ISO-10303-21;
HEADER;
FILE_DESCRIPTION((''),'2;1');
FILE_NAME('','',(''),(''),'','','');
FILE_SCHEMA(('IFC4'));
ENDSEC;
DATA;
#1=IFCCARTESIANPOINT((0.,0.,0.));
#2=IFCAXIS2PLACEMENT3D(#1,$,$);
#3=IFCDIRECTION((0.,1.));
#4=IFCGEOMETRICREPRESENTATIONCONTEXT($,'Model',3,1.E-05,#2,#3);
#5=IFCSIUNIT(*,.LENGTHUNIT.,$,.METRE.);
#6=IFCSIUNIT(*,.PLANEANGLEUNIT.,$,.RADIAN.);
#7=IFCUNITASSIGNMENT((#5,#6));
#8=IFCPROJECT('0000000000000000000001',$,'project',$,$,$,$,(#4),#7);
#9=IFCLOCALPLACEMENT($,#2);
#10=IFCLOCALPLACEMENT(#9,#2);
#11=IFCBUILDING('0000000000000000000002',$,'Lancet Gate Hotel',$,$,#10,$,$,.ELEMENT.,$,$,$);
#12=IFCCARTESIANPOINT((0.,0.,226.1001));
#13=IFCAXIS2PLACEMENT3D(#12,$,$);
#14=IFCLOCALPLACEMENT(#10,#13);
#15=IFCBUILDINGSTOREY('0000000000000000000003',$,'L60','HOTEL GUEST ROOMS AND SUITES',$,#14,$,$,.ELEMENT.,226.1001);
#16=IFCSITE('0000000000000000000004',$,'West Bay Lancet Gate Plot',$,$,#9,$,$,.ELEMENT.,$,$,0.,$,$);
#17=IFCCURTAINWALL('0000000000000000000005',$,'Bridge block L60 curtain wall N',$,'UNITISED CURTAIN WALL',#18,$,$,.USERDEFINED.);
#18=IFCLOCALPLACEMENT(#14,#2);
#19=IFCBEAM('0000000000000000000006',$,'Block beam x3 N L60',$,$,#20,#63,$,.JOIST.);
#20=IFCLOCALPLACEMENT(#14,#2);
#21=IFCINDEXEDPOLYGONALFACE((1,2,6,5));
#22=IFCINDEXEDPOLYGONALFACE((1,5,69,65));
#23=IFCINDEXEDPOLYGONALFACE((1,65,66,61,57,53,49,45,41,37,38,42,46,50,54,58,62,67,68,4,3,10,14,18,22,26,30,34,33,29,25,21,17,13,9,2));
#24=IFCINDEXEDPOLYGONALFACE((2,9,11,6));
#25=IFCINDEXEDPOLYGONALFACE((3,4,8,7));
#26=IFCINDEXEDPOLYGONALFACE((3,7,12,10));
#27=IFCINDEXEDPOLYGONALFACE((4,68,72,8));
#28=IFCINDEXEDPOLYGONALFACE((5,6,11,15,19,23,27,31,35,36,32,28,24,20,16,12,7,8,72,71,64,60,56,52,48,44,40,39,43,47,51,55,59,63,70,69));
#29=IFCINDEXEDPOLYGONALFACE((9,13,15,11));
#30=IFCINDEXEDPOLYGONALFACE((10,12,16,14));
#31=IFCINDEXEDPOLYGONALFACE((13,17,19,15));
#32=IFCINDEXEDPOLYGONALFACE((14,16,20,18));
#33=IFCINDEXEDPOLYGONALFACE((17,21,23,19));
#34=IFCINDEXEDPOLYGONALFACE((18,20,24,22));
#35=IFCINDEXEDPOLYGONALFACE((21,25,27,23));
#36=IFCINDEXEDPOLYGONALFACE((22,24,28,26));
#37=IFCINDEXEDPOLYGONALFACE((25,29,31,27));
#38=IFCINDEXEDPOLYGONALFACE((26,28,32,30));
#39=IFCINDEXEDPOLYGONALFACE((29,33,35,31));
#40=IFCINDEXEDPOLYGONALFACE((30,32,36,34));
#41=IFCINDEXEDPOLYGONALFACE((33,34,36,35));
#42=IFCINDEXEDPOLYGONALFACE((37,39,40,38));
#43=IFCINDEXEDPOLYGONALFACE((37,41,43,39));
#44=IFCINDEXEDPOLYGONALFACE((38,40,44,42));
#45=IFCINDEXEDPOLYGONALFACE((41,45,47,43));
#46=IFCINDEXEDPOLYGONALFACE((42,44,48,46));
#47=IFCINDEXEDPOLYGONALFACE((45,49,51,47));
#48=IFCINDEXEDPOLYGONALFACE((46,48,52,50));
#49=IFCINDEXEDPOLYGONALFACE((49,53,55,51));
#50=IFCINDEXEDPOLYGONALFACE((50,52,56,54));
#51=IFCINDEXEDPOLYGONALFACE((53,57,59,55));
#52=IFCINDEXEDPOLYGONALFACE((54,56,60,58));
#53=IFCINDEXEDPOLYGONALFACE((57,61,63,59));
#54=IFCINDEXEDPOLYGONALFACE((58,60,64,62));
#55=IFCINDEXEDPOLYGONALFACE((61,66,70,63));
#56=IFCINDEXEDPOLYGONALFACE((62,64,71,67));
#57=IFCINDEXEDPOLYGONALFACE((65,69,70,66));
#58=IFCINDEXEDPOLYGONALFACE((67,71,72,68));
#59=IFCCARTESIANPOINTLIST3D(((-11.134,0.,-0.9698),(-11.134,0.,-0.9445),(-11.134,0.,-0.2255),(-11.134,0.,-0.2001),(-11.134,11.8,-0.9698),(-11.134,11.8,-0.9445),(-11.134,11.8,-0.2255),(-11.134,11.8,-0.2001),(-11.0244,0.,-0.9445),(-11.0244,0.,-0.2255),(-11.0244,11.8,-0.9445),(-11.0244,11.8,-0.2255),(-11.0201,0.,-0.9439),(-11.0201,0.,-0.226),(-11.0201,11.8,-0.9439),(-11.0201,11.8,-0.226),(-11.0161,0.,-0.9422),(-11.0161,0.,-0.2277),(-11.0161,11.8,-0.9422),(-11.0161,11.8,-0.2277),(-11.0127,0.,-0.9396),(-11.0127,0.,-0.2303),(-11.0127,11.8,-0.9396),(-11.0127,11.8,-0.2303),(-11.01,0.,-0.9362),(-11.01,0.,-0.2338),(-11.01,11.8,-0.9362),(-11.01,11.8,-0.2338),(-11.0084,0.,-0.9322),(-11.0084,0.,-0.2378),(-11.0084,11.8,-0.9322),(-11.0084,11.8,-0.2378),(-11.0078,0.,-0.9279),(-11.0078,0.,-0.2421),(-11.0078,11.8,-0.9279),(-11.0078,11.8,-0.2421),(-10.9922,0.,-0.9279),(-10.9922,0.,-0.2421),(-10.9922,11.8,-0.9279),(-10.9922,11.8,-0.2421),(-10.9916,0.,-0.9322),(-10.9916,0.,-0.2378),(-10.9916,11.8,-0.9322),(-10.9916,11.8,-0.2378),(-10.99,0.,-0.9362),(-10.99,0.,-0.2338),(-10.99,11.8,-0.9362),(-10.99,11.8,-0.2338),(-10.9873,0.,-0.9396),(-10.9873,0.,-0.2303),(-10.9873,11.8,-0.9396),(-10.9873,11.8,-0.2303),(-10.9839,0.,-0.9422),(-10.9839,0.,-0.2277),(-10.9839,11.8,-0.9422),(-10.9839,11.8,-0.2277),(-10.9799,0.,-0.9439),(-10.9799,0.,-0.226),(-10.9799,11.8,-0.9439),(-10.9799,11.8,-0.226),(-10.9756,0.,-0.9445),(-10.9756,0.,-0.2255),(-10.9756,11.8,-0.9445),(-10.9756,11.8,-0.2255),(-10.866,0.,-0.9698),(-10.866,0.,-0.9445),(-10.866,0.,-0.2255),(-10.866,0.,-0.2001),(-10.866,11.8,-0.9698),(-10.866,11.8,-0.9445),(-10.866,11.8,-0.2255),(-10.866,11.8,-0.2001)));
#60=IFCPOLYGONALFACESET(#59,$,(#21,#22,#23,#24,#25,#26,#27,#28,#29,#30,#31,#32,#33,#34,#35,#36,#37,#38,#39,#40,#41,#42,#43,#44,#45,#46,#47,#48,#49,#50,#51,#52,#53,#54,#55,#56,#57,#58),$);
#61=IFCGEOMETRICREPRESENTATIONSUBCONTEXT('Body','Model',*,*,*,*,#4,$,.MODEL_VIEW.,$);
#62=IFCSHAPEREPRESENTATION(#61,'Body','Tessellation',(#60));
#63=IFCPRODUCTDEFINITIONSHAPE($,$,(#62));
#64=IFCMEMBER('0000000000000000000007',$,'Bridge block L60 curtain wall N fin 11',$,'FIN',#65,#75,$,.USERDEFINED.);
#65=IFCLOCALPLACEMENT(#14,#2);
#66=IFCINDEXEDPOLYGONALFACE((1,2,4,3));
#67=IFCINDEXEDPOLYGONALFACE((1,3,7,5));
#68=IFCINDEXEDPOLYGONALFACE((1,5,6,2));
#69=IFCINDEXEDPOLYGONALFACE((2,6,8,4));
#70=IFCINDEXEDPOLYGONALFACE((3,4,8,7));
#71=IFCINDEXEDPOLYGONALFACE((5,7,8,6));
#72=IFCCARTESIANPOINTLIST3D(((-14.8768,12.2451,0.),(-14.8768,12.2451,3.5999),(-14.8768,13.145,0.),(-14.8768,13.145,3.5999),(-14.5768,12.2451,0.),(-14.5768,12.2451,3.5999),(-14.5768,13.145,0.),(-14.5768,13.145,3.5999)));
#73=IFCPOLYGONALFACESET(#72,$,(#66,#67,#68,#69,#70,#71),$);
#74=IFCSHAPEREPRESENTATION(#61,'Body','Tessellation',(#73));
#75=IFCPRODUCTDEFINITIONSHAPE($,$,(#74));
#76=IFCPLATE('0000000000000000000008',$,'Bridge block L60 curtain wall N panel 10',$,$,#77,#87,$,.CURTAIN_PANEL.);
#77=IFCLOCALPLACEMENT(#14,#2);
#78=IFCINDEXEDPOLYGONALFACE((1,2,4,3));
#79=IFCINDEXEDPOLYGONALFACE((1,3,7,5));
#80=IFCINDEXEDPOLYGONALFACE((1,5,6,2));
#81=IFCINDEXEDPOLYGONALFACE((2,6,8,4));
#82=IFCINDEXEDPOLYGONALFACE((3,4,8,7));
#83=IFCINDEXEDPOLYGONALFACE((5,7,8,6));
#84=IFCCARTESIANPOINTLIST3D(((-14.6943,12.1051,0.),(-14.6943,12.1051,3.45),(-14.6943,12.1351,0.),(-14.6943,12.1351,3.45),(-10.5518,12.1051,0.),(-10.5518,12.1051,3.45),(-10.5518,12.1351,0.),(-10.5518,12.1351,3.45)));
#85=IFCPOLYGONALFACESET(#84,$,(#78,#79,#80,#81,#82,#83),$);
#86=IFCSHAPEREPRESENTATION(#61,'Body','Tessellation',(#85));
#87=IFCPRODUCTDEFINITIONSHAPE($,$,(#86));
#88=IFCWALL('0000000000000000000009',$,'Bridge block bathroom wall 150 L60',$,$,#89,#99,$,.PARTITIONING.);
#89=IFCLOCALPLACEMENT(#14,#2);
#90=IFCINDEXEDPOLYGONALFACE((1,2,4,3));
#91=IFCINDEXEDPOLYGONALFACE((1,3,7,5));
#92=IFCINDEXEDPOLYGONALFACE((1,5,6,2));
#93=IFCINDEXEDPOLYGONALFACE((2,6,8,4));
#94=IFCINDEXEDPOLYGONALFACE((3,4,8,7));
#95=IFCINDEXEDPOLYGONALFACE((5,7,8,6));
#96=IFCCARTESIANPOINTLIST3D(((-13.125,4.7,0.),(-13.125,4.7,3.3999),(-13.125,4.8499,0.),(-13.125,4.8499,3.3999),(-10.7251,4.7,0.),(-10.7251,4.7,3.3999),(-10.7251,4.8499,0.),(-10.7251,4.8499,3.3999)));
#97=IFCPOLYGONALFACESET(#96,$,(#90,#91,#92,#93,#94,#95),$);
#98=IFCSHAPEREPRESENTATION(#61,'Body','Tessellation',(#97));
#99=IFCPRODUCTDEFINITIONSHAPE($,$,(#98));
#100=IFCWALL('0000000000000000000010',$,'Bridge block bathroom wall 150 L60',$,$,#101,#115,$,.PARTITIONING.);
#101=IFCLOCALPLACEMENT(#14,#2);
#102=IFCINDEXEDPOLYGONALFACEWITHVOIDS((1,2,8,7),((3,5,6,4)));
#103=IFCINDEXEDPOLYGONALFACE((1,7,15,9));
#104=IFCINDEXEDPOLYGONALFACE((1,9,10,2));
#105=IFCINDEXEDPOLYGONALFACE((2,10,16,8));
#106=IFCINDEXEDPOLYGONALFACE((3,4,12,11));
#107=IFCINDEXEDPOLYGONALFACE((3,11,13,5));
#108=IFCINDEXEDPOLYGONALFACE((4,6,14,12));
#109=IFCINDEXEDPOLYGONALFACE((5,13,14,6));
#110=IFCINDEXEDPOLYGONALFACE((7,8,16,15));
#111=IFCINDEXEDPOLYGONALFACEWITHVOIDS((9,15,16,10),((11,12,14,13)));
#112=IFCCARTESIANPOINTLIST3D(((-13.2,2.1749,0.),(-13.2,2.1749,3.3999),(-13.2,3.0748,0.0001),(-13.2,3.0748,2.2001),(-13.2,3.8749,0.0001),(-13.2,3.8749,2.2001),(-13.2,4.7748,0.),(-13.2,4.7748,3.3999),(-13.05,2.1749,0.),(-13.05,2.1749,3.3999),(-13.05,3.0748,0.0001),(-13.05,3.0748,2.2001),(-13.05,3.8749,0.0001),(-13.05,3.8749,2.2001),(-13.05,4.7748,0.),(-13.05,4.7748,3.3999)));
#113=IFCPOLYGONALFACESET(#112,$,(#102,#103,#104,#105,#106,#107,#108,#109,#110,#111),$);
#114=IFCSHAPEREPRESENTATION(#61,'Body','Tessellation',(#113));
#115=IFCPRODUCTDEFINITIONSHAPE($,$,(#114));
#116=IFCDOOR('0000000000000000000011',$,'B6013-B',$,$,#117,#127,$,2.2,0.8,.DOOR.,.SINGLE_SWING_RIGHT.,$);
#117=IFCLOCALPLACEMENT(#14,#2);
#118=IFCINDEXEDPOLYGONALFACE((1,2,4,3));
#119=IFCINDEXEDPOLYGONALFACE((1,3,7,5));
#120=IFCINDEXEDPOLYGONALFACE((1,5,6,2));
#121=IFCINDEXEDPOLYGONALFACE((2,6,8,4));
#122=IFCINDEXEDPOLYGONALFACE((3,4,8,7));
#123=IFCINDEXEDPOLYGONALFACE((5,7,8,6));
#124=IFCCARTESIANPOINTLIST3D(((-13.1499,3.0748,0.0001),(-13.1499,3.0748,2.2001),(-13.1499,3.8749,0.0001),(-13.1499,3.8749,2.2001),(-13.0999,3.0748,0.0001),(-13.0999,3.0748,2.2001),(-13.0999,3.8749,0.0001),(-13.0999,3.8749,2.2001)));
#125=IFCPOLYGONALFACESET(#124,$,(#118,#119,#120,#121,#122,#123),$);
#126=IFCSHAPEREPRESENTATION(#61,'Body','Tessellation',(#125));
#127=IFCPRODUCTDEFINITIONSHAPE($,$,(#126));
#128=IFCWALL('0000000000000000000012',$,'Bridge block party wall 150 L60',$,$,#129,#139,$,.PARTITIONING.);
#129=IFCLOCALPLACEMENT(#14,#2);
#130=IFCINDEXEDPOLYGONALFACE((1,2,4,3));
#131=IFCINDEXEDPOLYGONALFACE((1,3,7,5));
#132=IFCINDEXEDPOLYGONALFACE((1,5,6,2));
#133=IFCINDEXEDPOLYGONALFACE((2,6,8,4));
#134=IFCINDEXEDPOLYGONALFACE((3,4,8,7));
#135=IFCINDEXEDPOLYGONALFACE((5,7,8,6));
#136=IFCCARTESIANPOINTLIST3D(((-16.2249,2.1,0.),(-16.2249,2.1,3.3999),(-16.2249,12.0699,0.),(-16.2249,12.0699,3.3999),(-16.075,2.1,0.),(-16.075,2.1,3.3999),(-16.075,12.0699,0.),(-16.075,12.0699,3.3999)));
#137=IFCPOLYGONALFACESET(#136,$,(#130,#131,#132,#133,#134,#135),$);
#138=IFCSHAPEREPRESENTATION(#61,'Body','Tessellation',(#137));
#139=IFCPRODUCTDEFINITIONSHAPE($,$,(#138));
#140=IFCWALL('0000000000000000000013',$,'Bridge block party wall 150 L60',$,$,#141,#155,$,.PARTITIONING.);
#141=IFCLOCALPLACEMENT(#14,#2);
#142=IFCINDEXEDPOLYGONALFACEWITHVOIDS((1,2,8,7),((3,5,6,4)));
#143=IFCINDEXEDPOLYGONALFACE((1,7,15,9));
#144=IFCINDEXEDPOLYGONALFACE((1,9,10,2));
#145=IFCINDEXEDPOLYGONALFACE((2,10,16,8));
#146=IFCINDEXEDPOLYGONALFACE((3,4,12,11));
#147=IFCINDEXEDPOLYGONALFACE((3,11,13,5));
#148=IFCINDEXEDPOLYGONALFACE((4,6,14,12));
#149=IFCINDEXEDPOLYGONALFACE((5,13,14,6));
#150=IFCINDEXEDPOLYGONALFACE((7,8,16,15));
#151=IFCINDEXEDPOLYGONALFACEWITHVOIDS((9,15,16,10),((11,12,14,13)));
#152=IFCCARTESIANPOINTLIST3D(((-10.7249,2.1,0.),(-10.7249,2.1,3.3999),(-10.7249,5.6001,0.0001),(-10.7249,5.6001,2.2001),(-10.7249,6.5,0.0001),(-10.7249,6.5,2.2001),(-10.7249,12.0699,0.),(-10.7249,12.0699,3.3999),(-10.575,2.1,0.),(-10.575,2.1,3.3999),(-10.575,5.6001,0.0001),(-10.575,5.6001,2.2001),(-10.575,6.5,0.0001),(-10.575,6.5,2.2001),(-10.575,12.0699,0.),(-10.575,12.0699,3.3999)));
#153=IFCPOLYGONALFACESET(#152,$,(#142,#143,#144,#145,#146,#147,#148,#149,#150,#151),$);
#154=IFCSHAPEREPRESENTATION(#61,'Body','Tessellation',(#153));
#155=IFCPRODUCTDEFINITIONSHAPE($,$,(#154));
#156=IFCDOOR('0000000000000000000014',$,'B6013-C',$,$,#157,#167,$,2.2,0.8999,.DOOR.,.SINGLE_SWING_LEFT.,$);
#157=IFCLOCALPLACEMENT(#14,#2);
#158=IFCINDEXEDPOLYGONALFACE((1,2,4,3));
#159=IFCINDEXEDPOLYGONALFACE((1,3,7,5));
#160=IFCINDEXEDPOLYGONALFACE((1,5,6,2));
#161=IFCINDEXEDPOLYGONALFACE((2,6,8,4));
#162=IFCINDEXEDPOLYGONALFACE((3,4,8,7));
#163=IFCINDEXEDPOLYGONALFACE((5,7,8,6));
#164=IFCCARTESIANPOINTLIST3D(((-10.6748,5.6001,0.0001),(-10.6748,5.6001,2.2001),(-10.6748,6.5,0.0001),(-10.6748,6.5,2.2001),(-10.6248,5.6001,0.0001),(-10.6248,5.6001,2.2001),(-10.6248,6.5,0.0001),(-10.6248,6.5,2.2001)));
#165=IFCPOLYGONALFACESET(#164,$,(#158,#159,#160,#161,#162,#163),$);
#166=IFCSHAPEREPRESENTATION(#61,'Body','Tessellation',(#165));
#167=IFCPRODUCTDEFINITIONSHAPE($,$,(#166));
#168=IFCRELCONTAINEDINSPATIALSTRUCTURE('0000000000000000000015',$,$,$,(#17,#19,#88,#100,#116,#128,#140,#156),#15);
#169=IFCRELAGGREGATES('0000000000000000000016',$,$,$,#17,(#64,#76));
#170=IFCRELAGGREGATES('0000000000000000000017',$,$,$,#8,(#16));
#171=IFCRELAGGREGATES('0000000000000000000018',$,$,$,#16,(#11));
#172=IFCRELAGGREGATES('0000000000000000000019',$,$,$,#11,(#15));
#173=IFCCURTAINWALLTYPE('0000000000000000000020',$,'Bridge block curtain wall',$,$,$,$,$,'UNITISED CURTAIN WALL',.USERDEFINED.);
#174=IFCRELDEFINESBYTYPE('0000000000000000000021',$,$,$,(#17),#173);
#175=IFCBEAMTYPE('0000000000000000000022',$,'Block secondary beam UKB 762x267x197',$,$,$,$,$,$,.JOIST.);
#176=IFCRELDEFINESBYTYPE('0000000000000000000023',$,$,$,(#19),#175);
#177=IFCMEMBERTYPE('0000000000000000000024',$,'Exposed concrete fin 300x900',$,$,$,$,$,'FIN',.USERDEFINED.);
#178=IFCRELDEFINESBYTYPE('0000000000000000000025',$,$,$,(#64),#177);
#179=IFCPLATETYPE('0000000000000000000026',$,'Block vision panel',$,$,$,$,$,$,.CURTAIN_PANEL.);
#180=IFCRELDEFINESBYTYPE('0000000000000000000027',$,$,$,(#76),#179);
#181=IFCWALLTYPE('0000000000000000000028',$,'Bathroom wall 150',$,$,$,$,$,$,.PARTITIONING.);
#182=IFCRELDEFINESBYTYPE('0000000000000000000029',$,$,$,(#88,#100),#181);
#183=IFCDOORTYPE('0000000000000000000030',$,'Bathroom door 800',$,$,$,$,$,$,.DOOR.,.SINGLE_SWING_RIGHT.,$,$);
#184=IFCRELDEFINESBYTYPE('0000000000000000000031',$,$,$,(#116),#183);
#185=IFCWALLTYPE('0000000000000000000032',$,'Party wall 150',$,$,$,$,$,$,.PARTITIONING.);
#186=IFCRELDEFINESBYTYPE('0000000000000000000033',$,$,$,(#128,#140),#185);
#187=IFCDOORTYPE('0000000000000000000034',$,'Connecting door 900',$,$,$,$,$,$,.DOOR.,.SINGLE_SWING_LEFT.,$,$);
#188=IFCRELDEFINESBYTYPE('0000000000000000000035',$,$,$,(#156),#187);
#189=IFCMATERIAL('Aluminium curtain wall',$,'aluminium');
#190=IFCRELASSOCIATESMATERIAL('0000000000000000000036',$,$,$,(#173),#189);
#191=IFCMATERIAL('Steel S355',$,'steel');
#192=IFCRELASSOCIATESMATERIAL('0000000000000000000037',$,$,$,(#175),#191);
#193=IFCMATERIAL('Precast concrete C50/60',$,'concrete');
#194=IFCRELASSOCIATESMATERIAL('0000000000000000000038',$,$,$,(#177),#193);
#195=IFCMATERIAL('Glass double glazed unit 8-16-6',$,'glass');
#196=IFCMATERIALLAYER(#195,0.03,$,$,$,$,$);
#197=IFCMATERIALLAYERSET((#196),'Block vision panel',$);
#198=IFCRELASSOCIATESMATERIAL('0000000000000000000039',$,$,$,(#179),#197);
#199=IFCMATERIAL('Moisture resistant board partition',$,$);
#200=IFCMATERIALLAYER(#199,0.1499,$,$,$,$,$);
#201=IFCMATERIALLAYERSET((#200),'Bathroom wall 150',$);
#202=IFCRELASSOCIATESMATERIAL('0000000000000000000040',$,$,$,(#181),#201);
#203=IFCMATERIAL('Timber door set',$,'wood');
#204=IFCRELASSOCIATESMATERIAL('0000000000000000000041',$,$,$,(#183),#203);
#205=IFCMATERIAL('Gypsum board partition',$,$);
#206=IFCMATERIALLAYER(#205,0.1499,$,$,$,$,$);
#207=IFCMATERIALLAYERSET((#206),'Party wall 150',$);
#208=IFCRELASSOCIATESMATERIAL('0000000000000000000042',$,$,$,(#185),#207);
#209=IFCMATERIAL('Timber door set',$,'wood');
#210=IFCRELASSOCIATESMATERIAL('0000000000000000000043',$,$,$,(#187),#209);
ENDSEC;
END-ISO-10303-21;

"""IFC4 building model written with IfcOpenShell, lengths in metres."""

from ifc_helpers import new_model, si_unit, direction, frame, frame_2d, origin, origin_2d, place, context, subcontext, project, spatial, rectangle, i_section, extrude, material, layer, layer_set, material_profile, profile_set, type_object, element, fill, aggregate, save


model = new_model("IFC4")

# Units and contexts
model_context = context("Model", 3, precision=1e-05, world=origin(), true_north=direction((0.0, 1.0)))
body_context = subcontext(model_context, "Body", "Model", "MODEL_VIEW")
ifc_project = project(units=[si_unit("LENGTHUNIT", "METRE"), si_unit("PLANEANGLEUNIT", "RADIAN")], contexts=[model_context])

# Site, building, storey
site_placement = place(None, origin())
site = spatial("IfcSite", under=ifc_project, at=site_placement, Name="West Bay Lancet Gate Plot", CompositionType="ELEMENT", RefElevation=0.0)
building_placement = place(site_placement, origin())
building = spatial("IfcBuilding", under=site, at=building_placement, Name="Lancet Gate Hotel", CompositionType="ELEMENT")
storey_placement = place(building_placement, frame((0.0, 0.0, 226.1001)))
storey = spatial("IfcBuildingStorey", under=building, at=storey_placement, Name="L60", Description="HOTEL GUEST ROOMS AND SUITES", CompositionType="ELEMENT", Elevation=226.1001)

# Curtain wall
ifc_material_1 = material(Name="Aluminium curtain wall", Category="aluminium")
curtain_wall_type = type_object("IfcCurtainWallType", Name="Bridge block curtain wall", ElementType="UNITISED CURTAIN WALL", PredefinedType="USERDEFINED", material=ifc_material_1)
curtain_wall_placement = place(storey_placement, origin())
curtain_wall = element("IfcCurtainWall", 1, at=curtain_wall_placement, inside=storey, type_object=curtain_wall_type, Name="Bridge block L60 curtain wall N", ObjectType="UNITISED CURTAIN WALL", PredefinedType="USERDEFINED")

# Beam
ifc_material_2 = material(Name="Steel S355", Category="steel")
ifc_material_profile_1 = material_profile(ifc_material_2, i_section(OverallWidth=0.2681, OverallDepth=0.7698, WebThickness=0.0156, FlangeThickness=0.0254, FilletRadius=0.0166, at=origin_2d()), Name="UKB 762x267x197")
ifc_profile_set_1 = profile_set([ifc_material_profile_1], Name="Steel S355")
beam_type_1 = type_object("IfcBeamType", Name="Block secondary beam UKB 762x267x197", PredefinedType="JOIST", material=ifc_profile_set_1)
beam_placement = place(storey_placement, frame((-11.0, 0.0, -0.585), z_axis=(0.0, 1.0, 0.0), x_axis=(-1.0, 0.0, 0.0)))
element("IfcBeam", 2, at=beam_placement, inside=storey, type_object=beam_type_1, Name="Block beam x3 N L60", PredefinedType="JOIST", context=body_context, shape_type="SweptSolid", body=[
    extrude(i_section(OverallWidth=0.2681, OverallDepth=0.7698, WebThickness=0.0156, FlangeThickness=0.0254, FilletRadius=0.0166, at=origin_2d()), origin(), (0.0, 0.0, 1.0), 11.8),
])

# Member
ifc_material_3 = material(Name="Precast concrete C50/60", Category="concrete")
ifc_material_profile_2 = material_profile(ifc_material_3, rectangle(XDim=0.3, YDim=0.8999, at=origin_2d()), Name="FIN 300x900")
ifc_profile_set_2 = profile_set([ifc_material_profile_2], Name="Precast concrete C50/60")
member_type_1 = type_object("IfcMemberType", Name="Exposed concrete fin 300x900", ElementType="FIN", PredefinedType="USERDEFINED", material=ifc_profile_set_2)
member_1_placement = place(storey_placement, frame((-14.7268, 12.6951, 0.0), z_axis=(0.0, 0.0, 1.0), x_axis=(-1.0, 0.0, 0.0)))
member_1 = element("IfcMember", 3, at=member_1_placement, type_object=member_type_1, Name="Bridge block L60 curtain wall N fin 11", ObjectType="FIN", PredefinedType="USERDEFINED", context=body_context, shape_type="SweptSolid", body=[
    extrude(rectangle(XDim=0.3, YDim=0.8999, at=origin_2d()), origin(), (0.0, 0.0, 1.0), 3.5999),
])

# Plate
ifc_material_4 = material(Name="Glass double glazed unit 8-16-6", Category="glass")
ifc_layer_1 = layer(ifc_material_4, 0.03)
ifc_layer_set_1 = layer_set([ifc_layer_1], Name="Block vision panel")
plate_type = type_object("IfcPlateType", Name="Block vision panel", PredefinedType="CURTAIN_PANEL", material=ifc_layer_set_1)
plate_placement = place(storey_placement, frame((-12.623, 12.1201, 0.0), z_axis=(0.0, 0.0, 1.0), x_axis=(-1.0, 0.0, 0.0)))
plate = element("IfcPlate", 4, at=plate_placement, type_object=plate_type, Name="Bridge block L60 curtain wall N panel 10", PredefinedType="CURTAIN_PANEL", context=body_context, shape_type="SweptSolid", body=[
    extrude(rectangle(XDim=4.1426, YDim=0.03, at=origin_2d()), origin(), (0.0, 0.0, 1.0), 3.45),
])
aggregate(curtain_wall, [member_1, plate])

# Wall
ifc_material_5 = material(Name="Moisture resistant board partition")
ifc_layer_2 = layer(ifc_material_5, 0.1499)
ifc_layer_set_2 = layer_set([ifc_layer_2], Name="Bathroom wall 150")
wall_type_1 = type_object("IfcWallType", Name="Bathroom wall 150", PredefinedType="PARTITIONING", material=ifc_layer_set_2)
wall_1_placement = place(storey_placement, frame((-13.125, 4.7749, 0.0), z_axis=(0.0, 0.0, 1.0), x_axis=(1.0, 0.0, 0.0)))
element("IfcWall", 5, at=wall_1_placement, inside=storey, type_object=wall_type_1, Name="Bridge block bathroom wall 150 L60", PredefinedType="PARTITIONING", context=body_context, shape_type="SweptSolid", body=[
    extrude(rectangle(XDim=2.3999, YDim=0.1499, at=frame_2d((1.2, 0.0))), origin(), (0.0, 0.0, 1.0), 3.3999),
])

# Wall, opening, door
wall_2_placement = place(storey_placement, frame((-13.125, 2.175, 0.0), z_axis=(0.0, 0.0, 1.0), x_axis=(0.0, 1.0, 0.0)))
wall_2 = element("IfcWall", 6, at=wall_2_placement, inside=storey, type_object=wall_type_1, Name="Bridge block bathroom wall 150 L60", PredefinedType="PARTITIONING", context=body_context, shape_type="SweptSolid", body=[
    extrude(rectangle(XDim=2.5999, YDim=0.1499, at=frame_2d((1.2998, 0.0))), origin(), (0.0, 0.0, 1.0), 3.3999),
])
opening_1_placement = place(wall_2_placement, frame((0.8999, 0.0, 0.0)))
opening_1 = element("IfcOpeningElement", 7, at=opening_1_placement, cuts=wall_2, PredefinedType="OPENING", context=body_context, shape_type="SweptSolid", body=[
    extrude(rectangle(XDim=0.8, YDim=2.2, at=frame_2d((0.3999, 1.1001))), frame((0.0, 0.085, 0.0), z_axis=(0.0, -1.0, 0.0), x_axis=(1.0, 0.0, 0.0)), (0.0, 0.0, 1.0), 0.1699),
])
ifc_material_6 = material(Name="Timber door set", Category="wood")
door_type_1 = type_object("IfcDoorType", Name="Bathroom door 800", OperationType="SINGLE_SWING_RIGHT", PredefinedType="DOOR", material=ifc_material_6)
door_1_placement = place(opening_1_placement, origin())
door_1 = element("IfcDoor", 8, at=door_1_placement, inside=storey, type_object=door_type_1, Name="B6013-B", OperationType="SINGLE_SWING_RIGHT", OverallHeight=2.2, OverallWidth=0.8, PredefinedType="DOOR", context=body_context, shape_type="SweptSolid", body=[
    extrude(rectangle(XDim=0.8, YDim=2.2, at=frame_2d((0.3999, 1.1001))), frame((0.0, 0.0249, 0.0), z_axis=(0.0, -1.0, 0.0), x_axis=(1.0, 0.0, 0.0)), (0.0, 0.0, 1.0), 0.05),
])
fill(opening_1, door_1)

# Wall
ifc_material_7 = material(Name="Gypsum board partition")
ifc_layer_3 = layer(ifc_material_7, 0.1499)
ifc_layer_set_3 = layer_set([ifc_layer_3], Name="Party wall 150")
wall_type_2 = type_object("IfcWallType", Name="Party wall 150", PredefinedType="PARTITIONING", material=ifc_layer_set_3)
wall_3_placement = place(storey_placement, frame((-16.1499, 2.1001, 0.0), z_axis=(0.0, 0.0, 1.0), x_axis=(0.0, 1.0, 0.0)))
element("IfcWall", 9, at=wall_3_placement, inside=storey, type_object=wall_type_2, Name="Bridge block party wall 150 L60", PredefinedType="PARTITIONING", context=body_context, shape_type="SweptSolid", body=[
    extrude(rectangle(XDim=9.97, YDim=0.1499, at=frame_2d((4.9849, 0.0))), origin(), (0.0, 0.0, 1.0), 3.3999),
])

# Wall, opening, door
wall_4_placement = place(storey_placement, frame((-10.6499, 2.1001, 0.0), z_axis=(0.0, 0.0, 1.0), x_axis=(0.0, 1.0, 0.0)))
wall_4 = element("IfcWall", 10, at=wall_4_placement, inside=storey, type_object=wall_type_2, Name="Bridge block party wall 150 L60", PredefinedType="PARTITIONING", context=body_context, shape_type="SweptSolid", body=[
    extrude(rectangle(XDim=9.97, YDim=0.1499, at=frame_2d((4.9849, 0.0))), origin(), (0.0, 0.0, 1.0), 3.3999),
])
opening_2_placement = place(wall_4_placement, frame((3.5, 0.0, 0.0)))
opening_2 = element("IfcOpeningElement", 11, at=opening_2_placement, cuts=wall_4, PredefinedType="OPENING", context=body_context, shape_type="SweptSolid", body=[
    extrude(rectangle(XDim=0.8999, YDim=2.2, at=frame_2d((0.45, 1.1001))), frame((0.0, 0.085, 0.0), z_axis=(0.0, -1.0, 0.0), x_axis=(1.0, 0.0, 0.0)), (0.0, 0.0, 1.0), 0.1699),
])
ifc_material_8 = material(Name="Timber door set", Category="wood")
door_type_2 = type_object("IfcDoorType", Name="Connecting door 900", OperationType="SINGLE_SWING_LEFT", PredefinedType="DOOR", material=ifc_material_8)
door_2_placement = place(opening_2_placement, origin())
door_2 = element("IfcDoor", 12, at=door_2_placement, inside=storey, type_object=door_type_2, Name="B6013-C", OperationType="SINGLE_SWING_LEFT", OverallHeight=2.2, OverallWidth=0.8999, PredefinedType="DOOR", context=body_context, shape_type="SweptSolid", body=[
    extrude(rectangle(XDim=0.8999, YDim=2.2, at=frame_2d((0.45, 1.1001))), frame((0.0, 0.0249, 0.0), z_axis=(0.0, -1.0, 0.0), x_axis=(1.0, 0.0, 0.0)), (0.0, 0.0, 1.0), 0.05),
])
fill(opening_2, door_2)

save(model, "model.ifc")
